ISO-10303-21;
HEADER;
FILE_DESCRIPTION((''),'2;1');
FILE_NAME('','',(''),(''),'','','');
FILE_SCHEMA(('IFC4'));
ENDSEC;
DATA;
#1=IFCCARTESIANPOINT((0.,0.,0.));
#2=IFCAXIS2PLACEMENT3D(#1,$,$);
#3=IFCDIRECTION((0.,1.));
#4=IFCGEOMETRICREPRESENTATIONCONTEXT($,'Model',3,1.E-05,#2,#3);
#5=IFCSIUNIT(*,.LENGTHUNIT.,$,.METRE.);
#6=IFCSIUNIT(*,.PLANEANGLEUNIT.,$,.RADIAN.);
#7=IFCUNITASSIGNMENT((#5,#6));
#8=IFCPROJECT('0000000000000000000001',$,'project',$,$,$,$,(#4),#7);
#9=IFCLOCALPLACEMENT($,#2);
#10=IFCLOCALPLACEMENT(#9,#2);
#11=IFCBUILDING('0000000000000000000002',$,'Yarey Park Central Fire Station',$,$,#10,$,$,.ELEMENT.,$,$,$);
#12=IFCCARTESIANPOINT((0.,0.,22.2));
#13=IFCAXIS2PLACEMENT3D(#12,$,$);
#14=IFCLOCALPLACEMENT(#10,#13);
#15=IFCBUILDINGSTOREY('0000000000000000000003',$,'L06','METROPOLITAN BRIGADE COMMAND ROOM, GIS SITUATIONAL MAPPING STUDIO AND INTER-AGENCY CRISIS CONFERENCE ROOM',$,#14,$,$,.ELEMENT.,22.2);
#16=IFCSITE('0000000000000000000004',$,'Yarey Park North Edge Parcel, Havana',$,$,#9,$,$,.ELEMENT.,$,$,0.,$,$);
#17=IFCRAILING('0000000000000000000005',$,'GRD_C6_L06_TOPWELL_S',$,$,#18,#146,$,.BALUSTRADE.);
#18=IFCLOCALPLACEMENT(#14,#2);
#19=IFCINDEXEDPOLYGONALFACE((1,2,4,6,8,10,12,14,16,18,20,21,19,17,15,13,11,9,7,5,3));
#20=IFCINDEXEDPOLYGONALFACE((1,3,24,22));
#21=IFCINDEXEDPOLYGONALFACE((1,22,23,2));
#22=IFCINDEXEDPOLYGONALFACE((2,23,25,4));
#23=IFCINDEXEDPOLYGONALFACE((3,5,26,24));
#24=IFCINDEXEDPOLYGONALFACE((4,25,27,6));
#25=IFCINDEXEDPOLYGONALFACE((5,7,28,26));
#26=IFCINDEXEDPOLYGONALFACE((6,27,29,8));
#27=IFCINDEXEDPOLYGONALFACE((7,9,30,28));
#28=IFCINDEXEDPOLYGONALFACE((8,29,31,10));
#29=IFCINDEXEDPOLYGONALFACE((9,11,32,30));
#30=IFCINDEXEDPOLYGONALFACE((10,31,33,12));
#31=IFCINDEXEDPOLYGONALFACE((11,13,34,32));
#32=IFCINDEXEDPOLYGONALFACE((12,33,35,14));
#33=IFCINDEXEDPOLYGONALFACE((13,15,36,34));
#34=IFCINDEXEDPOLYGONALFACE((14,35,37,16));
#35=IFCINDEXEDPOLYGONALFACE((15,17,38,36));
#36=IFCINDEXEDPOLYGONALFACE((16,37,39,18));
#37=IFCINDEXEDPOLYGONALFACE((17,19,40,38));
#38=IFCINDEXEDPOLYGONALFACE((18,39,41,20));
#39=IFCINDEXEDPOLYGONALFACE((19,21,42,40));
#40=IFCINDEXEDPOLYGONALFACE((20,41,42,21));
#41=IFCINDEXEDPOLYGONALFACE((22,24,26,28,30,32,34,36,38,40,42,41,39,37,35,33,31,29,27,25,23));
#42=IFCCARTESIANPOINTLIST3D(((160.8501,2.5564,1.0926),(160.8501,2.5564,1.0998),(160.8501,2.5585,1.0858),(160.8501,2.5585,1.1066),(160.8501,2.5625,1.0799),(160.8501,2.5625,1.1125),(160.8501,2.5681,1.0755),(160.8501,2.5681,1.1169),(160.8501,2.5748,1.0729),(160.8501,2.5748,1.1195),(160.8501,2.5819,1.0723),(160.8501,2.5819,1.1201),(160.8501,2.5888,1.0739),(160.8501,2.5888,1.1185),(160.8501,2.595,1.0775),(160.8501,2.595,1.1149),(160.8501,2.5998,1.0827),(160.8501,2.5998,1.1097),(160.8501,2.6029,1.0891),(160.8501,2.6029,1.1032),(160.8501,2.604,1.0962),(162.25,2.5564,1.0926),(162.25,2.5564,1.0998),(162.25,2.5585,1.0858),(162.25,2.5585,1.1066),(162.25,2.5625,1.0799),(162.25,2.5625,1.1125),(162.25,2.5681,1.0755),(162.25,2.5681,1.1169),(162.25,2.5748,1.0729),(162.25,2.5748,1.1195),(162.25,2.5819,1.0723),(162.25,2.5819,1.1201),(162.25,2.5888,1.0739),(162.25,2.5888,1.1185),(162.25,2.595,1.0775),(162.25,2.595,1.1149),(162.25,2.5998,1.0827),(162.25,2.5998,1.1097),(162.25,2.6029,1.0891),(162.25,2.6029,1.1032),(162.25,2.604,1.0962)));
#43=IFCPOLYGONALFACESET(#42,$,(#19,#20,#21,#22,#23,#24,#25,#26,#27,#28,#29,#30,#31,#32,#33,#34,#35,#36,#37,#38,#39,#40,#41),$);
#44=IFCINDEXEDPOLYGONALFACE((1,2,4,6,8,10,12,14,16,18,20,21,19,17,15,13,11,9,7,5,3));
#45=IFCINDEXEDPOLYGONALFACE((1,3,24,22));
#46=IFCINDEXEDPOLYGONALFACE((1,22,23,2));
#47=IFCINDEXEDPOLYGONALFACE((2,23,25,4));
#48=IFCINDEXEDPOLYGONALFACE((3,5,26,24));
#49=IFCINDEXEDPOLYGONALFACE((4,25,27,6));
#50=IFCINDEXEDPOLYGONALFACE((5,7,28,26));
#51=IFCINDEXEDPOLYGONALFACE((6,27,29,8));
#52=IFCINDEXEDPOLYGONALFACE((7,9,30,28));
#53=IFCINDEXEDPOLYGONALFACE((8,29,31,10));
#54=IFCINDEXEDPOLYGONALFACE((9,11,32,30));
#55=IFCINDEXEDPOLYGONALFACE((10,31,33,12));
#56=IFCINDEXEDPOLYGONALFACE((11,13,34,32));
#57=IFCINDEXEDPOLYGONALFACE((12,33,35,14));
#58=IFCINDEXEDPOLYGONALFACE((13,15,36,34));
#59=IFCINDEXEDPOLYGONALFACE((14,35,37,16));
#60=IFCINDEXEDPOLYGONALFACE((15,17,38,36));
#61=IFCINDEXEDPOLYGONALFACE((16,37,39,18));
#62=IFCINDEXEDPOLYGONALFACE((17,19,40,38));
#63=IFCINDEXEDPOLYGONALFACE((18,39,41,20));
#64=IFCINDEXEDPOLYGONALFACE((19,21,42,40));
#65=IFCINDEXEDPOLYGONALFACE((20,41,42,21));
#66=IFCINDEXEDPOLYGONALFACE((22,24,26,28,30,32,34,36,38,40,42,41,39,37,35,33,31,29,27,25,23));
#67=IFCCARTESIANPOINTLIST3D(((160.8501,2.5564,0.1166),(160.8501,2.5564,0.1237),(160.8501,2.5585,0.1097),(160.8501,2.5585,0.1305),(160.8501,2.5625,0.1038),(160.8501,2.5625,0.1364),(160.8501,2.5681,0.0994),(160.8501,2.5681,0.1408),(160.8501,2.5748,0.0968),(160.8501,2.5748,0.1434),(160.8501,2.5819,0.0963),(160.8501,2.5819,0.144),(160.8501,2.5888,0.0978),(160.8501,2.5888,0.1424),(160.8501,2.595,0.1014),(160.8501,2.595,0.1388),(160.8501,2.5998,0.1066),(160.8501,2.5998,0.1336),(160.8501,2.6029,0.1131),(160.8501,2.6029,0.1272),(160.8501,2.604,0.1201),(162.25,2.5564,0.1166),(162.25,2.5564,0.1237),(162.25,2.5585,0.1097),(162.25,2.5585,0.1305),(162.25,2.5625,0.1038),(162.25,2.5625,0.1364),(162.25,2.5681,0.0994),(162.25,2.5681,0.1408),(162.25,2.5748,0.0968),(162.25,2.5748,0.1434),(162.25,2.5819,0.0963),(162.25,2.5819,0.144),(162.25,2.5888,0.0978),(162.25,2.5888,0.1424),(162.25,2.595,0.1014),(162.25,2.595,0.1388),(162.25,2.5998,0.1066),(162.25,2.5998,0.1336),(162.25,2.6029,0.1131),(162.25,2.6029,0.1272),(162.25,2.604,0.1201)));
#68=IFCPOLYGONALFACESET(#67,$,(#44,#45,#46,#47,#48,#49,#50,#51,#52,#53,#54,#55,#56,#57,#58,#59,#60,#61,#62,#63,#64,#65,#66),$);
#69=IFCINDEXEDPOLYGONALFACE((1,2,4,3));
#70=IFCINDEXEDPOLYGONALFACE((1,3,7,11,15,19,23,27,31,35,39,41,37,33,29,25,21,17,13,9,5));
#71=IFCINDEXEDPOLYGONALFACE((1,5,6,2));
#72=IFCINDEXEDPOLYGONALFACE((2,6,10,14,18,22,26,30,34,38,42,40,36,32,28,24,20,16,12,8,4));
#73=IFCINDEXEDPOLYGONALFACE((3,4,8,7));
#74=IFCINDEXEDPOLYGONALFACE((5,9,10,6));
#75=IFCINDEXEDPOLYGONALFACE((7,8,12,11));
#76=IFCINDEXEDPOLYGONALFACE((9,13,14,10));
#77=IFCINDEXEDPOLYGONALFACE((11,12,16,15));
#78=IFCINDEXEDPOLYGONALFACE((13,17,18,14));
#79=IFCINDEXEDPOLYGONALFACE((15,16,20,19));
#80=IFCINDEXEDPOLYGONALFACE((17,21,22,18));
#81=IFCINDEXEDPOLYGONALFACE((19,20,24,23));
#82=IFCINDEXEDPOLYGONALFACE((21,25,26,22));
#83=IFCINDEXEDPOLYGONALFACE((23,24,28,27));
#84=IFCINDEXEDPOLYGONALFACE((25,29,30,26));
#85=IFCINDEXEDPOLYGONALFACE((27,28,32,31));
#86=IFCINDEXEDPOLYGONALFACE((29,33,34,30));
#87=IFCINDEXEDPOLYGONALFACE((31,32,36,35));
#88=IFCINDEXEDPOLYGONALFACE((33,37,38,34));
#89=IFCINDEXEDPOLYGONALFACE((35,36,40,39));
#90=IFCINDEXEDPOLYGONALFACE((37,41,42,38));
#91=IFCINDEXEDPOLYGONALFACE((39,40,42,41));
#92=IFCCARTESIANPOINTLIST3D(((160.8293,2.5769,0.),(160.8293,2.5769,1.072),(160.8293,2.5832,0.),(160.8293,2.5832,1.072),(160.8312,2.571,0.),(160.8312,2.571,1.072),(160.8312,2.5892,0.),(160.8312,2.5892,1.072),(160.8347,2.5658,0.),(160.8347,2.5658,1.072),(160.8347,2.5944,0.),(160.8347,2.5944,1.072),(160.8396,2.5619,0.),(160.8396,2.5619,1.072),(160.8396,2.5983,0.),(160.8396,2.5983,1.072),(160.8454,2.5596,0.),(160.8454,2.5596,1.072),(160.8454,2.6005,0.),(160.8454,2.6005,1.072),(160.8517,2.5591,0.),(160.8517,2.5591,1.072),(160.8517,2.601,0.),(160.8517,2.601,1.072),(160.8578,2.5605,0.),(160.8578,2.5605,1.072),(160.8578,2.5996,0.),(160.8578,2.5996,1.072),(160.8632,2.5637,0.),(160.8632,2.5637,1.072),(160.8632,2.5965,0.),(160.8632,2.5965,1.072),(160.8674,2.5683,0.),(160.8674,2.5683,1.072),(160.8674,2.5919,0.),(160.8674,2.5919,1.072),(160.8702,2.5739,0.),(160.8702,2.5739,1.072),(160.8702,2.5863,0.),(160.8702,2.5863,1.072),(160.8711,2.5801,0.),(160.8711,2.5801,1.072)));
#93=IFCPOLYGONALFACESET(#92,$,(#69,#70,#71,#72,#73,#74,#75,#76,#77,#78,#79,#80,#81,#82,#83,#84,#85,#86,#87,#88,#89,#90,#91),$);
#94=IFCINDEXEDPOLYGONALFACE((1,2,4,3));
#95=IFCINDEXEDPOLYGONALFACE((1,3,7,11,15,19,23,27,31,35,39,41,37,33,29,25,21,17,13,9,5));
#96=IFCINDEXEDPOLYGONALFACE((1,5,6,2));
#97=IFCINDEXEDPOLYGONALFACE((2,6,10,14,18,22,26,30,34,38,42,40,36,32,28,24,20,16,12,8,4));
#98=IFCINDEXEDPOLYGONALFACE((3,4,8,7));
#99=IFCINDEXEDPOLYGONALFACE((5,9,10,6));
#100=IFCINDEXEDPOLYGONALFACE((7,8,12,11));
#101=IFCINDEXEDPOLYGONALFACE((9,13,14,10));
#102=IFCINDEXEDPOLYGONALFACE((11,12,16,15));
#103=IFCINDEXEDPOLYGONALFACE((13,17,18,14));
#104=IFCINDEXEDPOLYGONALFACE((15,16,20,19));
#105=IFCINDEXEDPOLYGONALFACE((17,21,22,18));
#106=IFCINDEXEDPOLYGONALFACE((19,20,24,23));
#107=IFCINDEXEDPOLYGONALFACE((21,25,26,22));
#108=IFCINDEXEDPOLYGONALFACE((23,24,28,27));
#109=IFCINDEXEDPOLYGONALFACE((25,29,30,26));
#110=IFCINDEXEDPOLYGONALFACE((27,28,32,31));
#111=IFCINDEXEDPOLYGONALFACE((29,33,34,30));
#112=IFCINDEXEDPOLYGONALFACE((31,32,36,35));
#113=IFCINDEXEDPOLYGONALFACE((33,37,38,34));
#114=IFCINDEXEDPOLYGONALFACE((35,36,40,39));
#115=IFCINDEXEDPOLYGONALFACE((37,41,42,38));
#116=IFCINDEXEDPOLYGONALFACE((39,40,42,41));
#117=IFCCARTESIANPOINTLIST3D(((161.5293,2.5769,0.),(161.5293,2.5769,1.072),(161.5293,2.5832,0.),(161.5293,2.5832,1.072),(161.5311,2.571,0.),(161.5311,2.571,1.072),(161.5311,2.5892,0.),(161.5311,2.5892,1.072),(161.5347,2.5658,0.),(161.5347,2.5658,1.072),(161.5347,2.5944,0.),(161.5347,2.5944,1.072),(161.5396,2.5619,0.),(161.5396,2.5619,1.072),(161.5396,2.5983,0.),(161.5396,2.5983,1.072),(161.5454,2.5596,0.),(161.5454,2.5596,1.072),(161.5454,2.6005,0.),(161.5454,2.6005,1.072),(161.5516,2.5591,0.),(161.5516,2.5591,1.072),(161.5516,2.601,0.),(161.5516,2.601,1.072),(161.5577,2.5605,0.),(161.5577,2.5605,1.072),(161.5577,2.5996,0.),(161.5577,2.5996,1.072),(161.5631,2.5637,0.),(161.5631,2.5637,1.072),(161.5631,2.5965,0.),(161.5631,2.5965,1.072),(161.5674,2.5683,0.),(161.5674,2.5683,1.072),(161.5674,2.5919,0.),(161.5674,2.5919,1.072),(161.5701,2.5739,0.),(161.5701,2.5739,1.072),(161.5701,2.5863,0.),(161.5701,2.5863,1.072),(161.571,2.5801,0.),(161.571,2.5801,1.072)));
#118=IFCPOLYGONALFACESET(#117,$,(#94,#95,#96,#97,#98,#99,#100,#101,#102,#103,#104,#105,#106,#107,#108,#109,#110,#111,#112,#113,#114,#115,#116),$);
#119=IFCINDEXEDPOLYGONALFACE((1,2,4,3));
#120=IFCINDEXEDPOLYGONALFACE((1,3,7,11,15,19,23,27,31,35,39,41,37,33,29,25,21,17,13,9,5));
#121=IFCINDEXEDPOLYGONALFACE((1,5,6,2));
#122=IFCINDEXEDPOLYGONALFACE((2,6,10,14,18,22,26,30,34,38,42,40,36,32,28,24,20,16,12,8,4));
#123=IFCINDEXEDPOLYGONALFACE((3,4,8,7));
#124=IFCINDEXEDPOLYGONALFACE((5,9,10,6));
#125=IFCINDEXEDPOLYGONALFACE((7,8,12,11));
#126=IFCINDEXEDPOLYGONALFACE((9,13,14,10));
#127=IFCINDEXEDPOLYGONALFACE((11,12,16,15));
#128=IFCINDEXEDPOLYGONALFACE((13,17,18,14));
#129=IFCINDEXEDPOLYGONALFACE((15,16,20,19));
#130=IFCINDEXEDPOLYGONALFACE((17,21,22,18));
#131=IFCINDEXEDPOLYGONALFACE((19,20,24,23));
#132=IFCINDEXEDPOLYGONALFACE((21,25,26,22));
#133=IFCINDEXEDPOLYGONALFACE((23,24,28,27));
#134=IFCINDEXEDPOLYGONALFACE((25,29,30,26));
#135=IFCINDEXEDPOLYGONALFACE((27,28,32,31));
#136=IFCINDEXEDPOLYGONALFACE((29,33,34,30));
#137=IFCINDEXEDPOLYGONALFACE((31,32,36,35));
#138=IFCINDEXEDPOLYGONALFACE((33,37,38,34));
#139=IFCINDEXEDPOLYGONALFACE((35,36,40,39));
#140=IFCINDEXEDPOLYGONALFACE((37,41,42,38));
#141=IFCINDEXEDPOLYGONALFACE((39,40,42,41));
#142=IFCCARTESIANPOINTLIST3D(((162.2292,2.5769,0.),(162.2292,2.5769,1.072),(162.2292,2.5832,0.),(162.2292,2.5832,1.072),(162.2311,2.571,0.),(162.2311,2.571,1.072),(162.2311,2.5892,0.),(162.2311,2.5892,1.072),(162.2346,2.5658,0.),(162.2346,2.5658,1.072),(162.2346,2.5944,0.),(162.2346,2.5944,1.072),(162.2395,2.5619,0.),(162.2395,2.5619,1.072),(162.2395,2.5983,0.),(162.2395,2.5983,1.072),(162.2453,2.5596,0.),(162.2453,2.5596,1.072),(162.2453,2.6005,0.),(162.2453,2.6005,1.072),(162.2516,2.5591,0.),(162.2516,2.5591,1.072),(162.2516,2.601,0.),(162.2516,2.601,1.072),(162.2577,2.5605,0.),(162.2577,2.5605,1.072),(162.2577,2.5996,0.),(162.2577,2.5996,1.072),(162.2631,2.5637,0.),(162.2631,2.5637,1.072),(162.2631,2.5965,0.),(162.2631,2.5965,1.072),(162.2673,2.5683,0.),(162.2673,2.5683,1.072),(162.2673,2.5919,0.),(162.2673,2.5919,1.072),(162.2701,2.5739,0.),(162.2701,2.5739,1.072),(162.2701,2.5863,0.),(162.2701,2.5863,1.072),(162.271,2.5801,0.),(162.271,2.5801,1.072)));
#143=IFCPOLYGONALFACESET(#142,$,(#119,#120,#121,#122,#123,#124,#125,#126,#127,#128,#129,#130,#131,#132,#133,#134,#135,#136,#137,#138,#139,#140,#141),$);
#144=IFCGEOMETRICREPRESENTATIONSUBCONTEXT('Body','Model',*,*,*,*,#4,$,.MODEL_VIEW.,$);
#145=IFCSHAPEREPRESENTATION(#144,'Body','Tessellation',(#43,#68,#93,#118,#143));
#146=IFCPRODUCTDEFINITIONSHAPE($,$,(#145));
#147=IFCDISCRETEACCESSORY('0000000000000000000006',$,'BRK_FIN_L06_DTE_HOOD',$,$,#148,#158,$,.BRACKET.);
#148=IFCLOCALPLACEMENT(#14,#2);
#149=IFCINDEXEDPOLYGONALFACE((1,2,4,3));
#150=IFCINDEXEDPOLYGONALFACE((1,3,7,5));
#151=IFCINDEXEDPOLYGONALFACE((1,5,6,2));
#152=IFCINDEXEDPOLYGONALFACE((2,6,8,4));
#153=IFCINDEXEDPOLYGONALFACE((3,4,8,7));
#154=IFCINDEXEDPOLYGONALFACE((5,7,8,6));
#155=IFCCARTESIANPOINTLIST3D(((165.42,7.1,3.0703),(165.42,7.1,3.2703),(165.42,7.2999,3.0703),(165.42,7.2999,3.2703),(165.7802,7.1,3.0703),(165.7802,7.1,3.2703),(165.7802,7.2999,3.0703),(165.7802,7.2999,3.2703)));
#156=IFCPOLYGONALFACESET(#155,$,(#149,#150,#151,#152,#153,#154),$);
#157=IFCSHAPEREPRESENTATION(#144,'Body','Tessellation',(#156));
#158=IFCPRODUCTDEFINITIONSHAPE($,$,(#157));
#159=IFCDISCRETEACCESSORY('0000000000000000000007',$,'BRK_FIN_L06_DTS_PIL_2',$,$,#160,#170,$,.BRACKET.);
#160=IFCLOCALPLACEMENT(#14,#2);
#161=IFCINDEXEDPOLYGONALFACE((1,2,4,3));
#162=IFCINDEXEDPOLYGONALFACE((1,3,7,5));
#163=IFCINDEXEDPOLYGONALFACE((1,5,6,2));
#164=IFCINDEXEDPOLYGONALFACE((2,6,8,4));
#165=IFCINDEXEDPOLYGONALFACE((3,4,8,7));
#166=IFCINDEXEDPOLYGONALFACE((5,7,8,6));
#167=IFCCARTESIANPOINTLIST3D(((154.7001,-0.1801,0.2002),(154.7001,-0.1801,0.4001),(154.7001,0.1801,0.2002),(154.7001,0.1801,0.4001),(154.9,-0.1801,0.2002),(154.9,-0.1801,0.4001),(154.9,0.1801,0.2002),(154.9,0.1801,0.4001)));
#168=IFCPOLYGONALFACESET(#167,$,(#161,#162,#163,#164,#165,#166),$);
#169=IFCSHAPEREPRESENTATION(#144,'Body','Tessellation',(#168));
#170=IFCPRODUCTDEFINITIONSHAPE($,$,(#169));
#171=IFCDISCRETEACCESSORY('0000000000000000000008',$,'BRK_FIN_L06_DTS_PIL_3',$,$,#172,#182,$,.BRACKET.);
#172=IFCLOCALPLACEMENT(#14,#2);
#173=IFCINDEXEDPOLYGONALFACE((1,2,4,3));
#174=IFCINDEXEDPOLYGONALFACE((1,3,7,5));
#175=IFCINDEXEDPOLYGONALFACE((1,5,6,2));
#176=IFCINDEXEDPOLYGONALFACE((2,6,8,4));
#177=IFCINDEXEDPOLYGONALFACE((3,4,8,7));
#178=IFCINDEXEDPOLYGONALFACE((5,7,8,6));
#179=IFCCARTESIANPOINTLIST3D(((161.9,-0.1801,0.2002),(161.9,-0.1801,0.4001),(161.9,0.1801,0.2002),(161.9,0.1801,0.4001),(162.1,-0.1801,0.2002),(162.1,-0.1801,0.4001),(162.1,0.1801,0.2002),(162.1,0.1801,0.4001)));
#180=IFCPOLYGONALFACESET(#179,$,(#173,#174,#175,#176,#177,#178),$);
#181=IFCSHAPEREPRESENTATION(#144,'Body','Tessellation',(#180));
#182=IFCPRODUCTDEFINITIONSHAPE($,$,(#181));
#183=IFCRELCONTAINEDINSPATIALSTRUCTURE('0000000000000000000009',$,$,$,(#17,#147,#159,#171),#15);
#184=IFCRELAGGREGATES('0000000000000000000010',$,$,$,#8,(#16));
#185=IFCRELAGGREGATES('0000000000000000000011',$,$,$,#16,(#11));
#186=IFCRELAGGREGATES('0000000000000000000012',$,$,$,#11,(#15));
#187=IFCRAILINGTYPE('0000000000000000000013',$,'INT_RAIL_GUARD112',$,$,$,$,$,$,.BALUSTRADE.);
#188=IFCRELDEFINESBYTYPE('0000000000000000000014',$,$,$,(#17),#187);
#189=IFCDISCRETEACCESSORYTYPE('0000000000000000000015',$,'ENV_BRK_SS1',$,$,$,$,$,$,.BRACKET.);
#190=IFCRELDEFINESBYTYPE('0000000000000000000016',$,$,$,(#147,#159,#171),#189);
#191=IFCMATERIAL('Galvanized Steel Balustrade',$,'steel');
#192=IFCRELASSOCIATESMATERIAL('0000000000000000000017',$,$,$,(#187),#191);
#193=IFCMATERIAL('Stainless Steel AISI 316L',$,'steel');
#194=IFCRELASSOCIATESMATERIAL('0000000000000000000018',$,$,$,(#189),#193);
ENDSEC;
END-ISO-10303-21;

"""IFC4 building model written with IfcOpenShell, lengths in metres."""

from ifc_helpers import new_model, si_unit, direction, frame, origin, origin_2d, place, context, subcontext, project, spatial, rectangle, circle, extrude, material, type_object, element, save


model = new_model("IFC4")

# Units and contexts
model_context = context("Model", 3, precision=1e-05, world=origin(), true_north=direction((0.0, 1.0)))
body_context = subcontext(model_context, "Body", "Model", "MODEL_VIEW")
ifc_project = project(units=[si_unit("LENGTHUNIT", "METRE"), si_unit("PLANEANGLEUNIT", "RADIAN")], contexts=[model_context])

# Site, building, storey
site_placement = place(None, origin())
site = spatial("IfcSite", under=ifc_project, at=site_placement, Name="Yarey Park North Edge Parcel, Havana", CompositionType="ELEMENT", RefElevation=0.0)
building_placement = place(site_placement, origin())
building = spatial("IfcBuilding", under=site, at=building_placement, Name="Yarey Park Central Fire Station", CompositionType="ELEMENT")
storey_placement = place(building_placement, frame((0.0, 0.0, 22.2)))
storey = spatial("IfcBuildingStorey", under=building, at=storey_placement, Name="L06", Description="METROPOLITAN BRIGADE COMMAND ROOM, GIS SITUATIONAL MAPPING STUDIO AND INTER-AGENCY CRISIS CONFERENCE ROOM", CompositionType="ELEMENT", Elevation=22.2)

# Shared definitions
ifc_material_1 = material(Name="Stainless Steel AISI 316L", Category="steel")

# Railing
ifc_material_2 = material(Name="Galvanized Steel Balustrade", Category="steel")
railing_type = type_object("IfcRailingType", Name="INT_RAIL_GUARD112", PredefinedType="BALUSTRADE", material=ifc_material_2)
railing_placement = place(storey_placement, frame((160.8501, 2.5801, 0.0)))
element("IfcRailing", 1, at=railing_placement, inside=storey, type_object=railing_type, Name="GRD_C6_L06_TOPWELL_S", PredefinedType="BALUSTRADE", context=body_context, shape_type="SweptSolid", body=[
    extrude(circle(Radius=0.0239, at=origin_2d()), frame((0.0, 0.0, 1.0962), z_axis=(1.0, 0.0, 0.0), x_axis=(0.0, 1.0, 0.0)), (0.0, 0.0, 1.0), 1.3999),
    extrude(circle(Radius=0.0239, at=origin_2d()), frame((0.0, 0.0, 0.1201), z_axis=(1.0, 0.0, 0.0), x_axis=(0.0, 1.0, 0.0)), (0.0, 0.0, 1.0), 1.3999),
    extrude(circle(Radius=0.021, at=origin_2d()), origin(), (0.0, 0.0, 1.0), 1.072),
    extrude(circle(Radius=0.021, at=origin_2d()), frame((0.7, 0.0, 0.0)), (0.0, 0.0, 1.0), 1.072),
    extrude(circle(Radius=0.021, at=origin_2d()), frame((1.3999, 0.0, 0.0)), (0.0, 0.0, 1.0), 1.072),
])

# Discrete accessories
discrete_accessory_type = type_object("IfcDiscreteAccessoryType", Name="ENV_BRK_SS1", PredefinedType="BRACKET", material=ifc_material_1)
discrete_accessory_placement = place(storey_placement, frame((165.6001, 7.2, 3.0703), z_axis=(0.0, 0.0, 1.0), x_axis=(1.0, 0.0, 0.0)))
element("IfcDiscreteAccessory", 2, at=discrete_accessory_placement, inside=storey, type_object=discrete_accessory_type, Name="BRK_FIN_L06_DTE_HOOD", PredefinedType="BRACKET", context=body_context, shape_type="SweptSolid", body=[
    extrude(rectangle(XDim=0.3601, YDim=0.2, at=origin_2d()), origin(), (0.0, 0.0, 1.0), 0.2),
])
for number, where, z_axis, x_axis, name in (
    (3, (154.8, 0.0, 0.2002), (0.0, 0.0, 1.0), (1.0, 0.0, 0.0), "BRK_FIN_L06_DTS_PIL_2"),
    (4, (162.0, 0.0, 0.2002), (0.0, 0.0, 1.0), (1.0, 0.0, 0.0), "BRK_FIN_L06_DTS_PIL_3"),
):
    element("IfcDiscreteAccessory", number, at=place(storey_placement, frame(where, z_axis=z_axis, x_axis=x_axis)), inside=storey, type_object=discrete_accessory_type, Name=name, PredefinedType="BRACKET", context=body_context, shape_type="SweptSolid", body=[
        extrude(rectangle(XDim=0.2, YDim=0.3601, at=origin_2d()), origin(), (0.0, 0.0, 1.0), 0.2),
    ])

save(model, "model.ifc")
